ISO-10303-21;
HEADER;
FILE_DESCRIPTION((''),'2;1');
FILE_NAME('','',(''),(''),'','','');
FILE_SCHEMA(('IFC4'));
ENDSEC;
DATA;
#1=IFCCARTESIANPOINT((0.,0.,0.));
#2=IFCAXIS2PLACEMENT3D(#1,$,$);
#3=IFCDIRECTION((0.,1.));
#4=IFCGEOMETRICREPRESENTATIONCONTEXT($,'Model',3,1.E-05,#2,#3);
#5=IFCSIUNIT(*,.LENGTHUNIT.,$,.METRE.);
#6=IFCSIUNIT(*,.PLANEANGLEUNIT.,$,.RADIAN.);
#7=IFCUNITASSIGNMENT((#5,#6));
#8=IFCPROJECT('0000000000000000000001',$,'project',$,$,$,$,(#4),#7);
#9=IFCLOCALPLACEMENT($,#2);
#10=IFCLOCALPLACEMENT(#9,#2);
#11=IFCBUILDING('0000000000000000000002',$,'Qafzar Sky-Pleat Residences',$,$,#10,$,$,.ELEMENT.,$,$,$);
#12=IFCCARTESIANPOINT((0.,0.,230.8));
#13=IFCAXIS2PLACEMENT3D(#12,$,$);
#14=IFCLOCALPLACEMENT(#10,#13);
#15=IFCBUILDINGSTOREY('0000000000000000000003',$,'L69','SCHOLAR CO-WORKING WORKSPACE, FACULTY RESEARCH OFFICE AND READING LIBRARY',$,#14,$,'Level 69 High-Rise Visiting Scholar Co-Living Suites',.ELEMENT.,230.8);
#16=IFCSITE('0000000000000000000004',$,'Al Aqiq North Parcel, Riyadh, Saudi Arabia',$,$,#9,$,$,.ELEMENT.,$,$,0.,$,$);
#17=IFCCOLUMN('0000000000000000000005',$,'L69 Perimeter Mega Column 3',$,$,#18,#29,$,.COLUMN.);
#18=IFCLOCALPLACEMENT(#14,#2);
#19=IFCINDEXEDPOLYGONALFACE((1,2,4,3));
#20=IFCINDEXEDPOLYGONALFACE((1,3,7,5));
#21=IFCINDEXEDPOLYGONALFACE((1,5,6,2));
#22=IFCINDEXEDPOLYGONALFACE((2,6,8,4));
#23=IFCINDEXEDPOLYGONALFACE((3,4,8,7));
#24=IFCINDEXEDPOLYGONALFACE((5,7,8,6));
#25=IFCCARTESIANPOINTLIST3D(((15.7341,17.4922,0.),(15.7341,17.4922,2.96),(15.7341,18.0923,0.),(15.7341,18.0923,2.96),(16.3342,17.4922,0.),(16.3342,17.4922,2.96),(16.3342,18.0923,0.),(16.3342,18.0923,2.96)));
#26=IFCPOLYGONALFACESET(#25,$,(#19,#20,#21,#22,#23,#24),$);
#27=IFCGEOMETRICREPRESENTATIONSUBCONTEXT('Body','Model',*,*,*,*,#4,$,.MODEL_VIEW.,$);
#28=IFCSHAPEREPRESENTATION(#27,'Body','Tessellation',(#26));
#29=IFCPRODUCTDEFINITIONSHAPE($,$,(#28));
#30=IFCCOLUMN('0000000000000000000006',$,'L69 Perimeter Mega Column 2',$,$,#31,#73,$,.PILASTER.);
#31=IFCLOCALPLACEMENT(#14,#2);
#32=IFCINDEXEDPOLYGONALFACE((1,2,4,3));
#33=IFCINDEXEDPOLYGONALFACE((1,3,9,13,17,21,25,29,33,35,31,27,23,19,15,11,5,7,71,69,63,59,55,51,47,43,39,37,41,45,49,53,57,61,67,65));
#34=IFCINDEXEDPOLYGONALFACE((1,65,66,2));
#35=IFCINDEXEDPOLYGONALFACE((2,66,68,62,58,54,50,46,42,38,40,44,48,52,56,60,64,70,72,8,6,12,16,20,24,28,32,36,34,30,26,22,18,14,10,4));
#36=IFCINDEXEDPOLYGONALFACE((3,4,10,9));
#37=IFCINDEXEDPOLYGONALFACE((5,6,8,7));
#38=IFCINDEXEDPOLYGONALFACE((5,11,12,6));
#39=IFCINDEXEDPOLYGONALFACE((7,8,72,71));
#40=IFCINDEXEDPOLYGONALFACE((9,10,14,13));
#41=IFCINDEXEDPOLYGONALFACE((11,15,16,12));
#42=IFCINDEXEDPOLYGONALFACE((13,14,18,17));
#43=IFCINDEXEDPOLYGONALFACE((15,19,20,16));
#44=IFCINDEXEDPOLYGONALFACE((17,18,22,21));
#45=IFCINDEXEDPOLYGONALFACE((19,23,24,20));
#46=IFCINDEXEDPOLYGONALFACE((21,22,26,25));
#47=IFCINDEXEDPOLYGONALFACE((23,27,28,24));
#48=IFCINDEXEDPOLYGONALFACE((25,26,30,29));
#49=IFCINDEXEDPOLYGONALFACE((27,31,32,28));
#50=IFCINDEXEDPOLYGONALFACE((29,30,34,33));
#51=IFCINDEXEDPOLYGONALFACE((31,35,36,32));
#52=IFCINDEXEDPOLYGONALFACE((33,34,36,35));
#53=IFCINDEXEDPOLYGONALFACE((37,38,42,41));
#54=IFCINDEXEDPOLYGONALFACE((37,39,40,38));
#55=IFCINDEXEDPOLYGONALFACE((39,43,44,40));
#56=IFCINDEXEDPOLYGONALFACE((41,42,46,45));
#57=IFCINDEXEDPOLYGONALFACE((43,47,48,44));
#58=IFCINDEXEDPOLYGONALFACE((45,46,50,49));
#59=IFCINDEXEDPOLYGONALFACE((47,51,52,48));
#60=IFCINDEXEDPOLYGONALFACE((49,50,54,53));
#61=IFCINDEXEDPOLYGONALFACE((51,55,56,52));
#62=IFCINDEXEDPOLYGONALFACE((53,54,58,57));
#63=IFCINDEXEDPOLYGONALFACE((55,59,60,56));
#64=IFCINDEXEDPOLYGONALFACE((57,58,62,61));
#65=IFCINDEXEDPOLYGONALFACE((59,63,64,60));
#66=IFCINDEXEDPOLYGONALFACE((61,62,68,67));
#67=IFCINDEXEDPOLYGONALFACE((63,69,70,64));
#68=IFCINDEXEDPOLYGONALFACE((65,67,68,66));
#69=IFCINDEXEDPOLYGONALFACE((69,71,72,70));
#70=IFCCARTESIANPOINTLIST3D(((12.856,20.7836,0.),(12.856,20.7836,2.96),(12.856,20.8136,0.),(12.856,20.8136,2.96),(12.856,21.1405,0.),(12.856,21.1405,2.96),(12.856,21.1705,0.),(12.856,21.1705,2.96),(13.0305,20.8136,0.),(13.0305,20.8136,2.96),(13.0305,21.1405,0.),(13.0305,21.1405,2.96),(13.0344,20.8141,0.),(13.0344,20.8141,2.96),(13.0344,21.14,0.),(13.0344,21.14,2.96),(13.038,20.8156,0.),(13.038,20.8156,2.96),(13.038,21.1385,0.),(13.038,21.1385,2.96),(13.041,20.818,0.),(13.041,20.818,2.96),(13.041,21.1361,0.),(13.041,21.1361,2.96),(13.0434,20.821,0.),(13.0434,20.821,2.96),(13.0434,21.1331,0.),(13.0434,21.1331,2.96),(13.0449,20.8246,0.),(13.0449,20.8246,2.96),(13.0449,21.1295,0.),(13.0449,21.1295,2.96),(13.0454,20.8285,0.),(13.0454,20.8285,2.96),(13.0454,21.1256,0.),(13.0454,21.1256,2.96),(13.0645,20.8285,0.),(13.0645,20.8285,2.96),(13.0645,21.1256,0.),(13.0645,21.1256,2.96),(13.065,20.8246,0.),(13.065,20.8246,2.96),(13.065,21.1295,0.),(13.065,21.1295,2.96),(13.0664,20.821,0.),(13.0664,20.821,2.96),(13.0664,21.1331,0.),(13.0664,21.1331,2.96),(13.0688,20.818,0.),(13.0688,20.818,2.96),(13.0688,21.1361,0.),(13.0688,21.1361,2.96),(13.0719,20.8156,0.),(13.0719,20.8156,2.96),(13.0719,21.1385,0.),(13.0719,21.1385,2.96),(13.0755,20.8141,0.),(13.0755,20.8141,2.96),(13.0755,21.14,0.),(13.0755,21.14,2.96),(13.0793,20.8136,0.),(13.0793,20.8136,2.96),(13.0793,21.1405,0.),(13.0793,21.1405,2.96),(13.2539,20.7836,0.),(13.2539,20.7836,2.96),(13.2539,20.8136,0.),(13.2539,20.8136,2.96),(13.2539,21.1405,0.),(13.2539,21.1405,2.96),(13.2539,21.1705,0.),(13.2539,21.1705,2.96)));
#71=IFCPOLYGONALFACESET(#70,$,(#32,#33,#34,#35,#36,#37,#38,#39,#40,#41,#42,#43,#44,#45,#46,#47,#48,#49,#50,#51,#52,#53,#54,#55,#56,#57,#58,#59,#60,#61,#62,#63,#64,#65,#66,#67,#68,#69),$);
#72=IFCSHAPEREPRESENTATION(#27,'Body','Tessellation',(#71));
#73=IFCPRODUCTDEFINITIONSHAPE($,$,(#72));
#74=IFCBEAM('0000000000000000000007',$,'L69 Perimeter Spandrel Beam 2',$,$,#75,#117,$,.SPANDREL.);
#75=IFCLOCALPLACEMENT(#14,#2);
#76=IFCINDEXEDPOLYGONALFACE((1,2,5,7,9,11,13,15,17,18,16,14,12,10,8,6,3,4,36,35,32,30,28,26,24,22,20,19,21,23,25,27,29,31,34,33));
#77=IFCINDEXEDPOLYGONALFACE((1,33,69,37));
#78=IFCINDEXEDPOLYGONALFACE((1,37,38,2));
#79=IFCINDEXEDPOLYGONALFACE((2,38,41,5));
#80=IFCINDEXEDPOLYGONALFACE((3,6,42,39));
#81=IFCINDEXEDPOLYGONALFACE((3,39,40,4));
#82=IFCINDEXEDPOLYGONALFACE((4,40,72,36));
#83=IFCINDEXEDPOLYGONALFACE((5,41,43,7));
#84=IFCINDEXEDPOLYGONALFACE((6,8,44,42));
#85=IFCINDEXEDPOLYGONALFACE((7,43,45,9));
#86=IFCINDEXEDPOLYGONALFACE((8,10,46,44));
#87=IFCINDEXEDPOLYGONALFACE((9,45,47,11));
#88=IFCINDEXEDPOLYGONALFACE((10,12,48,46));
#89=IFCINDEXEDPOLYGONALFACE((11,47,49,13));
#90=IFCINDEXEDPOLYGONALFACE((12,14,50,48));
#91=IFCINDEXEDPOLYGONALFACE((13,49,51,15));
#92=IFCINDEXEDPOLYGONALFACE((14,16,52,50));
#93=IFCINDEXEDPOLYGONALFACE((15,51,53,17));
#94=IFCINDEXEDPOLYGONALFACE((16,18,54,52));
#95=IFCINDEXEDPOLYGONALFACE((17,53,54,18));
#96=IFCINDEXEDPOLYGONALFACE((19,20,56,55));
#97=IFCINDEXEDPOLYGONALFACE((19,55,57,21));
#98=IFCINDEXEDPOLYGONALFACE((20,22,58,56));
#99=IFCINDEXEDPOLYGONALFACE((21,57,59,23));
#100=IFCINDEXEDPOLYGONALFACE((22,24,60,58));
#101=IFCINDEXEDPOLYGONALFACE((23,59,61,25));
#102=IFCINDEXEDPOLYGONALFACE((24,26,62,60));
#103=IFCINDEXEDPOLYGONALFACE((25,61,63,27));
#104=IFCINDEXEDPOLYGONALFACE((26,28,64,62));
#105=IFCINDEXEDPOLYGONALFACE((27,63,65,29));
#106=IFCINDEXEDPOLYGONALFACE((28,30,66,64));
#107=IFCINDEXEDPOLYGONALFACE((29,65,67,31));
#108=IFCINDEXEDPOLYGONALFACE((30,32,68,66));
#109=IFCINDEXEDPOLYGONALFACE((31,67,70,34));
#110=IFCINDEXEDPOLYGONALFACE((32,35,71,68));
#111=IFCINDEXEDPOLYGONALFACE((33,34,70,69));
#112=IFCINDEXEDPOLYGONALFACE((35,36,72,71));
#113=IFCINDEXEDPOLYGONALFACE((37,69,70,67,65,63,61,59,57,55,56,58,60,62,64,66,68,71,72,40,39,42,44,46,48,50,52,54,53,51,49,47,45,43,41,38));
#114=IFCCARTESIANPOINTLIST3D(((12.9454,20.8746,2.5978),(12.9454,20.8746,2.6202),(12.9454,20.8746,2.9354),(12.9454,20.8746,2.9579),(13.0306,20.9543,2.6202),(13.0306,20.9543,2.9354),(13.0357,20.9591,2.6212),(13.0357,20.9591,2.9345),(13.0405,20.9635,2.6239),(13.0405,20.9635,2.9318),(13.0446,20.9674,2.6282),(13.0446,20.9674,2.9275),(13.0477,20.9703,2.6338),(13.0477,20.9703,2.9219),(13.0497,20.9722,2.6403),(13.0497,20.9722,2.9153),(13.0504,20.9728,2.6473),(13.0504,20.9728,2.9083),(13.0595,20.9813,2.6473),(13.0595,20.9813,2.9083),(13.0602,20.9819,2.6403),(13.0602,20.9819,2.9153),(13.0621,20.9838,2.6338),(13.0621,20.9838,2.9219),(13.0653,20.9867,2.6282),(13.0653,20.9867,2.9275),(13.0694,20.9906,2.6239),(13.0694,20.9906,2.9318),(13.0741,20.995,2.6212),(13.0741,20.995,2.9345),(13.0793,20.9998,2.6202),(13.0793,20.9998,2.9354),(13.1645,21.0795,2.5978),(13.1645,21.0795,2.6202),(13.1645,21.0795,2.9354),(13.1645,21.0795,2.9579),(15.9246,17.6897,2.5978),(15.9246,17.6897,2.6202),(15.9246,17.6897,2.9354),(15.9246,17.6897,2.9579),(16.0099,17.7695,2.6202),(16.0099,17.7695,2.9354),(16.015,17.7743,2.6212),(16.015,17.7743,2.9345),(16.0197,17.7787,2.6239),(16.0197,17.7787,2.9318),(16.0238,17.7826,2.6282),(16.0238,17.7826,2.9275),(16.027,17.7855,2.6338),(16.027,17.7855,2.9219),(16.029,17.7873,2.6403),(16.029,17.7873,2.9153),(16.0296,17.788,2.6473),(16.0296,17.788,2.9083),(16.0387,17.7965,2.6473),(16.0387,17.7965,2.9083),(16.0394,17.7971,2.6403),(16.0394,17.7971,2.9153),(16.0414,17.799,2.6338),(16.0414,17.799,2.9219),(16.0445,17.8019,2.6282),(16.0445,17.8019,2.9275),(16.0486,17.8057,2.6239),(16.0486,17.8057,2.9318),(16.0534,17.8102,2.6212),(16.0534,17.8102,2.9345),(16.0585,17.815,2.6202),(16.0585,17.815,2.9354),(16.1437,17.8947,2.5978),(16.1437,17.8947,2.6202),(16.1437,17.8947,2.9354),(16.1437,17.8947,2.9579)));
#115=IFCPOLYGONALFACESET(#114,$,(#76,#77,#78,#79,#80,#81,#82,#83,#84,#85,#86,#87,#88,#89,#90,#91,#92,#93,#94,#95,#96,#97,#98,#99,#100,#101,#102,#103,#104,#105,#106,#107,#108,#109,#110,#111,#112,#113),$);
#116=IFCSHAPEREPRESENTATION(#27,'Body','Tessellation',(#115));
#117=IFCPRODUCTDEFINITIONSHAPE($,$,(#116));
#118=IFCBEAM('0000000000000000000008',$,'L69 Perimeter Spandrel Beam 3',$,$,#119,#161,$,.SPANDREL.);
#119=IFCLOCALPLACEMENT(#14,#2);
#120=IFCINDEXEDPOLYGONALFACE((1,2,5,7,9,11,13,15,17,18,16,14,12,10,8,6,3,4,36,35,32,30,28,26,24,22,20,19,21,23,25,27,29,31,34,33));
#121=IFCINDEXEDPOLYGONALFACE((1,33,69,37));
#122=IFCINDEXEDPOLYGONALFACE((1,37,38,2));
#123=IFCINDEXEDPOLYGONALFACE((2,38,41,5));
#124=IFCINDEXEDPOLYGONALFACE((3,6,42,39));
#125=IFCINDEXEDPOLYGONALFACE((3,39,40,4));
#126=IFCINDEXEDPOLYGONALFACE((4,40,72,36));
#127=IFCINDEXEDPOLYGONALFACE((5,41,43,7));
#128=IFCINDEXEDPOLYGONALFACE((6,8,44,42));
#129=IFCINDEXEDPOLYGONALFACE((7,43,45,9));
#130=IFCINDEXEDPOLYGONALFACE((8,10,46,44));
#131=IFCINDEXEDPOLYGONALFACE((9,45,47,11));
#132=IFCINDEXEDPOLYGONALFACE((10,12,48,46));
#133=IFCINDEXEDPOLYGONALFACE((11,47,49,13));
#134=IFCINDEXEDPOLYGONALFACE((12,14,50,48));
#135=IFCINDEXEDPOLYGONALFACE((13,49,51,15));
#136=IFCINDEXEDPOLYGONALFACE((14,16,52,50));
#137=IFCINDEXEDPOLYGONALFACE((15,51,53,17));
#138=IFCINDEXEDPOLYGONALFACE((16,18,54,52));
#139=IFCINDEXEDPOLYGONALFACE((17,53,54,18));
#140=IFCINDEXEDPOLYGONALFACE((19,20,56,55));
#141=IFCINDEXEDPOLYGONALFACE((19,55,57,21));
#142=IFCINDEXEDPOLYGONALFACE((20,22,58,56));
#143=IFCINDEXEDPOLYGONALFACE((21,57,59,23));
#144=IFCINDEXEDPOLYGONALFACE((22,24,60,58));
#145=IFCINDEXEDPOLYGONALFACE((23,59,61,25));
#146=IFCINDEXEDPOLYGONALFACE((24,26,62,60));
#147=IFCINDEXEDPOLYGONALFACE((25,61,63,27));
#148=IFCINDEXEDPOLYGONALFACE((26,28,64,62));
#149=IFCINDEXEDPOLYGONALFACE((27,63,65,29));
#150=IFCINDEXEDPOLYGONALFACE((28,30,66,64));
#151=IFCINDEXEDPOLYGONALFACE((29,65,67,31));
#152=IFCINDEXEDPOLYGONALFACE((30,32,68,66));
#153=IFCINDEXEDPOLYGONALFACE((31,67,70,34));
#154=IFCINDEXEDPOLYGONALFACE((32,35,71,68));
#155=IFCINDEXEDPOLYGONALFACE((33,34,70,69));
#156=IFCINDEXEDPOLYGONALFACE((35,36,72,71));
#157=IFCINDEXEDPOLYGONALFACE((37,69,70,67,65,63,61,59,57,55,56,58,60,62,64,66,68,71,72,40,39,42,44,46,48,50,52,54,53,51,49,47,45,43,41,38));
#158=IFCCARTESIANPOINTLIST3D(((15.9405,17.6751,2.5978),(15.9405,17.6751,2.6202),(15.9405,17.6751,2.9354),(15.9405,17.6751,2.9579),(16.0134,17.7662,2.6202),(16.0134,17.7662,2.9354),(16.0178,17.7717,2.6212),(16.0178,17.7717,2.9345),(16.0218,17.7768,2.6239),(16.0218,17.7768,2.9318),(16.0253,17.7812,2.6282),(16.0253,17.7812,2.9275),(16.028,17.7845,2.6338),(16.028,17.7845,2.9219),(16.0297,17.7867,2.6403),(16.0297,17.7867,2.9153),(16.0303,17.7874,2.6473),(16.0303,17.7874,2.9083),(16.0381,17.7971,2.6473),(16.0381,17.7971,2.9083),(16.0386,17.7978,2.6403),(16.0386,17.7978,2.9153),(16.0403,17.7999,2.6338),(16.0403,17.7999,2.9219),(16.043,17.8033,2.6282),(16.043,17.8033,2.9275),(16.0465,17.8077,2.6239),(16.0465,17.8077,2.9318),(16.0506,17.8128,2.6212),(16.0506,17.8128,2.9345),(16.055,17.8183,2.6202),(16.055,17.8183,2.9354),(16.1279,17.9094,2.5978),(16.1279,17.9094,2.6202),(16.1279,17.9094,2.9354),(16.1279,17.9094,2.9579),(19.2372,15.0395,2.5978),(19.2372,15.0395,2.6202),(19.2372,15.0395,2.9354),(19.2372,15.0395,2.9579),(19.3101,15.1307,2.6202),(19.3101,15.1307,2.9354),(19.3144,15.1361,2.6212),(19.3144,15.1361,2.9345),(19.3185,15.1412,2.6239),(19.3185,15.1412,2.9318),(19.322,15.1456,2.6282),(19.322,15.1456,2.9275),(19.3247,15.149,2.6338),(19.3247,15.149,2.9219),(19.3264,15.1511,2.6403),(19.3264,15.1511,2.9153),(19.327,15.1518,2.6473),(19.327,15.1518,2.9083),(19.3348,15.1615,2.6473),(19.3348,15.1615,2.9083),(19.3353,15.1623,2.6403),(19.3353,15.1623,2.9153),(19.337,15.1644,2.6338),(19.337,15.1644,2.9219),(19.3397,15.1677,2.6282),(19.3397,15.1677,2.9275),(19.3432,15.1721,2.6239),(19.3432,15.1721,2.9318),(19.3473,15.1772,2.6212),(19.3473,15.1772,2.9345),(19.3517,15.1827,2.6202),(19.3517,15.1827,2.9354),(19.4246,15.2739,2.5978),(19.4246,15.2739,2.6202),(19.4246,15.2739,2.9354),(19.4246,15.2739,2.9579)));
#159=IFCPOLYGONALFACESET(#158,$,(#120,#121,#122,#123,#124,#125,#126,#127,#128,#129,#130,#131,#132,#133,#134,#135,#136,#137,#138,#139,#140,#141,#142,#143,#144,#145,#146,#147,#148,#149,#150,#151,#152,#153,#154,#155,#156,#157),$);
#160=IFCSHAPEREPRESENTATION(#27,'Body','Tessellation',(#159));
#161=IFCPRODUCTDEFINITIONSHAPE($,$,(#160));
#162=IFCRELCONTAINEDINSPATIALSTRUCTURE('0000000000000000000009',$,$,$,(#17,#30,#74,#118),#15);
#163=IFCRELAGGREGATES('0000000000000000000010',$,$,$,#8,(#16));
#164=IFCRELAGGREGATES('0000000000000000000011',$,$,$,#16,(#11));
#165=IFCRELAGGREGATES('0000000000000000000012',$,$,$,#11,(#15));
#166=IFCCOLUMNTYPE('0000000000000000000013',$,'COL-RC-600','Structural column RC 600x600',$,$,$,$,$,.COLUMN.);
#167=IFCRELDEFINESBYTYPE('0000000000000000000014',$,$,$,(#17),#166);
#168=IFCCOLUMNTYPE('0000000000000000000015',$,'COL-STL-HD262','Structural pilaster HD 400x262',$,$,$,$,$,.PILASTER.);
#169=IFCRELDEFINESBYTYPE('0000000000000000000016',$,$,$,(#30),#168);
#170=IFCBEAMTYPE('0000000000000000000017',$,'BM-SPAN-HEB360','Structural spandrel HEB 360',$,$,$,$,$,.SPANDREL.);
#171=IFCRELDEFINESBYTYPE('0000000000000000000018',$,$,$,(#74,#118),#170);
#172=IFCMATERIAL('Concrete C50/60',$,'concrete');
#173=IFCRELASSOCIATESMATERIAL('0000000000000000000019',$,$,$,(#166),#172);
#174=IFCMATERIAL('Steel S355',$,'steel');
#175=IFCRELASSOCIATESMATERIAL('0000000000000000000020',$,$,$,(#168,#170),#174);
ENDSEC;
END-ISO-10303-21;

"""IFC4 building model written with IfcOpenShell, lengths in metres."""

from ifc_helpers import new_model, si_unit, direction, frame, origin, origin_2d, place, context, subcontext, project, spatial, rectangle, i_section, extrude, source, transform, mapped, material, material_profile, profile_set, type_object, element, save


model = new_model("IFC4")

# Units and contexts
model_context = context("Model", 3, precision=1e-05, world=origin(), true_north=direction((0.0, 1.0)))
body_context = subcontext(model_context, "Body", "Model", "MODEL_VIEW")
ifc_project = project(units=[si_unit("LENGTHUNIT", "METRE"), si_unit("PLANEANGLEUNIT", "RADIAN")], contexts=[model_context])

# Site, building, storey
site_placement = place(None, origin())
site = spatial("IfcSite", under=ifc_project, at=site_placement, Name="Al Aqiq North Parcel, Riyadh, Saudi Arabia", CompositionType="ELEMENT", RefElevation=0.0)
building_placement = place(site_placement, origin())
building = spatial("IfcBuilding", under=site, at=building_placement, Name="Qafzar Sky-Pleat Residences", CompositionType="ELEMENT")
storey_placement = place(building_placement, frame((0.0, 0.0, 230.8)))
storey = spatial("IfcBuildingStorey", under=building, at=storey_placement, Name="L69", Description="SCHOLAR CO-WORKING WORKSPACE, FACULTY RESEARCH OFFICE AND READING LIBRARY", LongName="Level 69 High-Rise Visiting Scholar Co-Living Suites", CompositionType="ELEMENT", Elevation=230.8)

# Columns
ifc_material_1 = material(Name="Concrete C50/60", Category="concrete")
ifc_material_profile_1 = material_profile(ifc_material_1, rectangle(XDim=0.6001, YDim=0.6001, at=origin_2d()), Name="RC 600x600")
ifc_profile_set_1 = profile_set([ifc_material_profile_1], Name="Concrete C50/60")
column_type_1 = type_object("IfcColumnType", Name="COL-RC-600", Description="Structural column RC 600x600", PredefinedType="COLUMN", material=ifc_profile_set_1)
shared_shape_1 = source(origin(), body_context, "Body", "SweptSolid", [
    extrude(rectangle(XDim=0.6001, YDim=0.6001, at=origin_2d()), origin(), (0.0, 0.0, 1.0), 2.96),
])
column_1_placement = place(storey_placement, frame((16.0342, 17.7922, 0.0), z_axis=(0.0, 0.0, 1.0), x_axis=(1.0, 0.0, 0.0)))
element("IfcColumn", 1, at=column_1_placement, inside=storey, type_object=column_type_1, Name="L69 Perimeter Mega Column 3", PredefinedType="COLUMN", context=body_context, shape_type="MappedRepresentation", body=[
    mapped(shared_shape_1, transform((0.0, 0.0, 0.0), x_axis=(1.0, 0.0, 0.0), y_axis=(0.0, 1.0, 0.0), z_axis=(0.0, 0.0, 1.0), scale=1.0)),
])
ifc_material_2 = material(Name="Steel S355", Category="steel")
ifc_material_profile_2 = material_profile(ifc_material_2, i_section(OverallWidth=0.3979, OverallDepth=0.387, WebThickness=0.019, FlangeThickness=0.03, FilletRadius=0.0149, at=origin_2d()), Name="HD 400x262")
ifc_profile_set_2 = profile_set([ifc_material_profile_2], Name="Steel S355")
column_type_2 = type_object("IfcColumnType", Name="COL-STL-HD262", Description="Structural pilaster HD 400x262", PredefinedType="PILASTER", material=ifc_profile_set_2)
shared_shape_2 = source(origin(), body_context, "Body", "SweptSolid", [
    extrude(i_section(OverallWidth=0.3979, OverallDepth=0.387, WebThickness=0.019, FlangeThickness=0.03, FilletRadius=0.0149, at=origin_2d()), origin(), (0.0, 0.0, 1.0), 2.96),
])
column_2_placement = place(storey_placement, frame((13.0549, 20.9771, 0.0), z_axis=(0.0, 0.0, 1.0), x_axis=(1.0, 0.0, 0.0)))
element("IfcColumn", 2, at=column_2_placement, inside=storey, type_object=column_type_2, Name="L69 Perimeter Mega Column 2", PredefinedType="PILASTER", context=body_context, shape_type="MappedRepresentation", body=[
    mapped(shared_shape_2, transform((0.0, 0.0, 0.0), x_axis=(1.0, 0.0, 0.0), y_axis=(0.0, 1.0, 0.0), z_axis=(0.0, 0.0, 1.0), scale=1.0)),
])

# Beams
ifc_material_profile_3 = material_profile(ifc_material_2, i_section(OverallWidth=0.3, OverallDepth=0.3601, WebThickness=0.0125, FlangeThickness=0.0225, FilletRadius=0.0271, at=origin_2d()), Name="HEB 360")
ifc_profile_set_3 = profile_set([ifc_material_profile_3], Name="Steel S355")
beam_type_1 = type_object("IfcBeamType", Name="BM-SPAN-HEB360", Description="Structural spandrel HEB 360", PredefinedType="SPANDREL", material=ifc_profile_set_3)
shared_shape_3 = source(origin(), body_context, "Body", "SweptSolid", [
    extrude(i_section(OverallWidth=0.3, OverallDepth=0.3601, WebThickness=0.0125, FlangeThickness=0.0225, FilletRadius=0.0271, at=origin_2d()), origin(), (0.0, 0.0, 1.0), 4.3611),
])
beam_1_placement = place(storey_placement, frame((13.0549, 20.9771, 2.7778), z_axis=(0.683146, -0.730282, 0.0), x_axis=(0.730282, 0.683146, 0.0)))
element("IfcBeam", 3, at=beam_1_placement, inside=storey, type_object=beam_type_1, Name="L69 Perimeter Spandrel Beam 2", PredefinedType="SPANDREL", context=body_context, shape_type="MappedRepresentation", body=[
    mapped(shared_shape_3, transform((0.0, 0.0, 0.0), x_axis=(1.0, 0.0, 0.0), y_axis=(0.0, 1.0, 0.0), z_axis=(0.0, 0.0, 1.0), scale=1.0)),
])
shared_shape_4 = source(origin(), body_context, "Body", "SweptSolid", [
    extrude(i_section(OverallWidth=0.3, OverallDepth=0.3601, WebThickness=0.0125, FlangeThickness=0.0225, FilletRadius=0.0271, at=origin_2d()), origin(), (0.0, 0.0, 1.0), 4.2207),
])
beam_2_placement = place(storey_placement, frame((16.0342, 17.7922, 2.7778), z_axis=(0.781078, -0.624434, 0.0), x_axis=(0.624434, 0.781078, 0.0)))
element("IfcBeam", 4, at=beam_2_placement, inside=storey, type_object=beam_type_1, Name="L69 Perimeter Spandrel Beam 3", PredefinedType="SPANDREL", context=body_context, shape_type="MappedRepresentation", body=[
    mapped(shared_shape_4, transform((0.0, 0.0, 0.0), x_axis=(1.0, 0.0, 0.0), y_axis=(0.0, 1.0, 0.0), z_axis=(0.0, 0.0, 1.0), scale=1.0)),
])

save(model, "model.ifc")
